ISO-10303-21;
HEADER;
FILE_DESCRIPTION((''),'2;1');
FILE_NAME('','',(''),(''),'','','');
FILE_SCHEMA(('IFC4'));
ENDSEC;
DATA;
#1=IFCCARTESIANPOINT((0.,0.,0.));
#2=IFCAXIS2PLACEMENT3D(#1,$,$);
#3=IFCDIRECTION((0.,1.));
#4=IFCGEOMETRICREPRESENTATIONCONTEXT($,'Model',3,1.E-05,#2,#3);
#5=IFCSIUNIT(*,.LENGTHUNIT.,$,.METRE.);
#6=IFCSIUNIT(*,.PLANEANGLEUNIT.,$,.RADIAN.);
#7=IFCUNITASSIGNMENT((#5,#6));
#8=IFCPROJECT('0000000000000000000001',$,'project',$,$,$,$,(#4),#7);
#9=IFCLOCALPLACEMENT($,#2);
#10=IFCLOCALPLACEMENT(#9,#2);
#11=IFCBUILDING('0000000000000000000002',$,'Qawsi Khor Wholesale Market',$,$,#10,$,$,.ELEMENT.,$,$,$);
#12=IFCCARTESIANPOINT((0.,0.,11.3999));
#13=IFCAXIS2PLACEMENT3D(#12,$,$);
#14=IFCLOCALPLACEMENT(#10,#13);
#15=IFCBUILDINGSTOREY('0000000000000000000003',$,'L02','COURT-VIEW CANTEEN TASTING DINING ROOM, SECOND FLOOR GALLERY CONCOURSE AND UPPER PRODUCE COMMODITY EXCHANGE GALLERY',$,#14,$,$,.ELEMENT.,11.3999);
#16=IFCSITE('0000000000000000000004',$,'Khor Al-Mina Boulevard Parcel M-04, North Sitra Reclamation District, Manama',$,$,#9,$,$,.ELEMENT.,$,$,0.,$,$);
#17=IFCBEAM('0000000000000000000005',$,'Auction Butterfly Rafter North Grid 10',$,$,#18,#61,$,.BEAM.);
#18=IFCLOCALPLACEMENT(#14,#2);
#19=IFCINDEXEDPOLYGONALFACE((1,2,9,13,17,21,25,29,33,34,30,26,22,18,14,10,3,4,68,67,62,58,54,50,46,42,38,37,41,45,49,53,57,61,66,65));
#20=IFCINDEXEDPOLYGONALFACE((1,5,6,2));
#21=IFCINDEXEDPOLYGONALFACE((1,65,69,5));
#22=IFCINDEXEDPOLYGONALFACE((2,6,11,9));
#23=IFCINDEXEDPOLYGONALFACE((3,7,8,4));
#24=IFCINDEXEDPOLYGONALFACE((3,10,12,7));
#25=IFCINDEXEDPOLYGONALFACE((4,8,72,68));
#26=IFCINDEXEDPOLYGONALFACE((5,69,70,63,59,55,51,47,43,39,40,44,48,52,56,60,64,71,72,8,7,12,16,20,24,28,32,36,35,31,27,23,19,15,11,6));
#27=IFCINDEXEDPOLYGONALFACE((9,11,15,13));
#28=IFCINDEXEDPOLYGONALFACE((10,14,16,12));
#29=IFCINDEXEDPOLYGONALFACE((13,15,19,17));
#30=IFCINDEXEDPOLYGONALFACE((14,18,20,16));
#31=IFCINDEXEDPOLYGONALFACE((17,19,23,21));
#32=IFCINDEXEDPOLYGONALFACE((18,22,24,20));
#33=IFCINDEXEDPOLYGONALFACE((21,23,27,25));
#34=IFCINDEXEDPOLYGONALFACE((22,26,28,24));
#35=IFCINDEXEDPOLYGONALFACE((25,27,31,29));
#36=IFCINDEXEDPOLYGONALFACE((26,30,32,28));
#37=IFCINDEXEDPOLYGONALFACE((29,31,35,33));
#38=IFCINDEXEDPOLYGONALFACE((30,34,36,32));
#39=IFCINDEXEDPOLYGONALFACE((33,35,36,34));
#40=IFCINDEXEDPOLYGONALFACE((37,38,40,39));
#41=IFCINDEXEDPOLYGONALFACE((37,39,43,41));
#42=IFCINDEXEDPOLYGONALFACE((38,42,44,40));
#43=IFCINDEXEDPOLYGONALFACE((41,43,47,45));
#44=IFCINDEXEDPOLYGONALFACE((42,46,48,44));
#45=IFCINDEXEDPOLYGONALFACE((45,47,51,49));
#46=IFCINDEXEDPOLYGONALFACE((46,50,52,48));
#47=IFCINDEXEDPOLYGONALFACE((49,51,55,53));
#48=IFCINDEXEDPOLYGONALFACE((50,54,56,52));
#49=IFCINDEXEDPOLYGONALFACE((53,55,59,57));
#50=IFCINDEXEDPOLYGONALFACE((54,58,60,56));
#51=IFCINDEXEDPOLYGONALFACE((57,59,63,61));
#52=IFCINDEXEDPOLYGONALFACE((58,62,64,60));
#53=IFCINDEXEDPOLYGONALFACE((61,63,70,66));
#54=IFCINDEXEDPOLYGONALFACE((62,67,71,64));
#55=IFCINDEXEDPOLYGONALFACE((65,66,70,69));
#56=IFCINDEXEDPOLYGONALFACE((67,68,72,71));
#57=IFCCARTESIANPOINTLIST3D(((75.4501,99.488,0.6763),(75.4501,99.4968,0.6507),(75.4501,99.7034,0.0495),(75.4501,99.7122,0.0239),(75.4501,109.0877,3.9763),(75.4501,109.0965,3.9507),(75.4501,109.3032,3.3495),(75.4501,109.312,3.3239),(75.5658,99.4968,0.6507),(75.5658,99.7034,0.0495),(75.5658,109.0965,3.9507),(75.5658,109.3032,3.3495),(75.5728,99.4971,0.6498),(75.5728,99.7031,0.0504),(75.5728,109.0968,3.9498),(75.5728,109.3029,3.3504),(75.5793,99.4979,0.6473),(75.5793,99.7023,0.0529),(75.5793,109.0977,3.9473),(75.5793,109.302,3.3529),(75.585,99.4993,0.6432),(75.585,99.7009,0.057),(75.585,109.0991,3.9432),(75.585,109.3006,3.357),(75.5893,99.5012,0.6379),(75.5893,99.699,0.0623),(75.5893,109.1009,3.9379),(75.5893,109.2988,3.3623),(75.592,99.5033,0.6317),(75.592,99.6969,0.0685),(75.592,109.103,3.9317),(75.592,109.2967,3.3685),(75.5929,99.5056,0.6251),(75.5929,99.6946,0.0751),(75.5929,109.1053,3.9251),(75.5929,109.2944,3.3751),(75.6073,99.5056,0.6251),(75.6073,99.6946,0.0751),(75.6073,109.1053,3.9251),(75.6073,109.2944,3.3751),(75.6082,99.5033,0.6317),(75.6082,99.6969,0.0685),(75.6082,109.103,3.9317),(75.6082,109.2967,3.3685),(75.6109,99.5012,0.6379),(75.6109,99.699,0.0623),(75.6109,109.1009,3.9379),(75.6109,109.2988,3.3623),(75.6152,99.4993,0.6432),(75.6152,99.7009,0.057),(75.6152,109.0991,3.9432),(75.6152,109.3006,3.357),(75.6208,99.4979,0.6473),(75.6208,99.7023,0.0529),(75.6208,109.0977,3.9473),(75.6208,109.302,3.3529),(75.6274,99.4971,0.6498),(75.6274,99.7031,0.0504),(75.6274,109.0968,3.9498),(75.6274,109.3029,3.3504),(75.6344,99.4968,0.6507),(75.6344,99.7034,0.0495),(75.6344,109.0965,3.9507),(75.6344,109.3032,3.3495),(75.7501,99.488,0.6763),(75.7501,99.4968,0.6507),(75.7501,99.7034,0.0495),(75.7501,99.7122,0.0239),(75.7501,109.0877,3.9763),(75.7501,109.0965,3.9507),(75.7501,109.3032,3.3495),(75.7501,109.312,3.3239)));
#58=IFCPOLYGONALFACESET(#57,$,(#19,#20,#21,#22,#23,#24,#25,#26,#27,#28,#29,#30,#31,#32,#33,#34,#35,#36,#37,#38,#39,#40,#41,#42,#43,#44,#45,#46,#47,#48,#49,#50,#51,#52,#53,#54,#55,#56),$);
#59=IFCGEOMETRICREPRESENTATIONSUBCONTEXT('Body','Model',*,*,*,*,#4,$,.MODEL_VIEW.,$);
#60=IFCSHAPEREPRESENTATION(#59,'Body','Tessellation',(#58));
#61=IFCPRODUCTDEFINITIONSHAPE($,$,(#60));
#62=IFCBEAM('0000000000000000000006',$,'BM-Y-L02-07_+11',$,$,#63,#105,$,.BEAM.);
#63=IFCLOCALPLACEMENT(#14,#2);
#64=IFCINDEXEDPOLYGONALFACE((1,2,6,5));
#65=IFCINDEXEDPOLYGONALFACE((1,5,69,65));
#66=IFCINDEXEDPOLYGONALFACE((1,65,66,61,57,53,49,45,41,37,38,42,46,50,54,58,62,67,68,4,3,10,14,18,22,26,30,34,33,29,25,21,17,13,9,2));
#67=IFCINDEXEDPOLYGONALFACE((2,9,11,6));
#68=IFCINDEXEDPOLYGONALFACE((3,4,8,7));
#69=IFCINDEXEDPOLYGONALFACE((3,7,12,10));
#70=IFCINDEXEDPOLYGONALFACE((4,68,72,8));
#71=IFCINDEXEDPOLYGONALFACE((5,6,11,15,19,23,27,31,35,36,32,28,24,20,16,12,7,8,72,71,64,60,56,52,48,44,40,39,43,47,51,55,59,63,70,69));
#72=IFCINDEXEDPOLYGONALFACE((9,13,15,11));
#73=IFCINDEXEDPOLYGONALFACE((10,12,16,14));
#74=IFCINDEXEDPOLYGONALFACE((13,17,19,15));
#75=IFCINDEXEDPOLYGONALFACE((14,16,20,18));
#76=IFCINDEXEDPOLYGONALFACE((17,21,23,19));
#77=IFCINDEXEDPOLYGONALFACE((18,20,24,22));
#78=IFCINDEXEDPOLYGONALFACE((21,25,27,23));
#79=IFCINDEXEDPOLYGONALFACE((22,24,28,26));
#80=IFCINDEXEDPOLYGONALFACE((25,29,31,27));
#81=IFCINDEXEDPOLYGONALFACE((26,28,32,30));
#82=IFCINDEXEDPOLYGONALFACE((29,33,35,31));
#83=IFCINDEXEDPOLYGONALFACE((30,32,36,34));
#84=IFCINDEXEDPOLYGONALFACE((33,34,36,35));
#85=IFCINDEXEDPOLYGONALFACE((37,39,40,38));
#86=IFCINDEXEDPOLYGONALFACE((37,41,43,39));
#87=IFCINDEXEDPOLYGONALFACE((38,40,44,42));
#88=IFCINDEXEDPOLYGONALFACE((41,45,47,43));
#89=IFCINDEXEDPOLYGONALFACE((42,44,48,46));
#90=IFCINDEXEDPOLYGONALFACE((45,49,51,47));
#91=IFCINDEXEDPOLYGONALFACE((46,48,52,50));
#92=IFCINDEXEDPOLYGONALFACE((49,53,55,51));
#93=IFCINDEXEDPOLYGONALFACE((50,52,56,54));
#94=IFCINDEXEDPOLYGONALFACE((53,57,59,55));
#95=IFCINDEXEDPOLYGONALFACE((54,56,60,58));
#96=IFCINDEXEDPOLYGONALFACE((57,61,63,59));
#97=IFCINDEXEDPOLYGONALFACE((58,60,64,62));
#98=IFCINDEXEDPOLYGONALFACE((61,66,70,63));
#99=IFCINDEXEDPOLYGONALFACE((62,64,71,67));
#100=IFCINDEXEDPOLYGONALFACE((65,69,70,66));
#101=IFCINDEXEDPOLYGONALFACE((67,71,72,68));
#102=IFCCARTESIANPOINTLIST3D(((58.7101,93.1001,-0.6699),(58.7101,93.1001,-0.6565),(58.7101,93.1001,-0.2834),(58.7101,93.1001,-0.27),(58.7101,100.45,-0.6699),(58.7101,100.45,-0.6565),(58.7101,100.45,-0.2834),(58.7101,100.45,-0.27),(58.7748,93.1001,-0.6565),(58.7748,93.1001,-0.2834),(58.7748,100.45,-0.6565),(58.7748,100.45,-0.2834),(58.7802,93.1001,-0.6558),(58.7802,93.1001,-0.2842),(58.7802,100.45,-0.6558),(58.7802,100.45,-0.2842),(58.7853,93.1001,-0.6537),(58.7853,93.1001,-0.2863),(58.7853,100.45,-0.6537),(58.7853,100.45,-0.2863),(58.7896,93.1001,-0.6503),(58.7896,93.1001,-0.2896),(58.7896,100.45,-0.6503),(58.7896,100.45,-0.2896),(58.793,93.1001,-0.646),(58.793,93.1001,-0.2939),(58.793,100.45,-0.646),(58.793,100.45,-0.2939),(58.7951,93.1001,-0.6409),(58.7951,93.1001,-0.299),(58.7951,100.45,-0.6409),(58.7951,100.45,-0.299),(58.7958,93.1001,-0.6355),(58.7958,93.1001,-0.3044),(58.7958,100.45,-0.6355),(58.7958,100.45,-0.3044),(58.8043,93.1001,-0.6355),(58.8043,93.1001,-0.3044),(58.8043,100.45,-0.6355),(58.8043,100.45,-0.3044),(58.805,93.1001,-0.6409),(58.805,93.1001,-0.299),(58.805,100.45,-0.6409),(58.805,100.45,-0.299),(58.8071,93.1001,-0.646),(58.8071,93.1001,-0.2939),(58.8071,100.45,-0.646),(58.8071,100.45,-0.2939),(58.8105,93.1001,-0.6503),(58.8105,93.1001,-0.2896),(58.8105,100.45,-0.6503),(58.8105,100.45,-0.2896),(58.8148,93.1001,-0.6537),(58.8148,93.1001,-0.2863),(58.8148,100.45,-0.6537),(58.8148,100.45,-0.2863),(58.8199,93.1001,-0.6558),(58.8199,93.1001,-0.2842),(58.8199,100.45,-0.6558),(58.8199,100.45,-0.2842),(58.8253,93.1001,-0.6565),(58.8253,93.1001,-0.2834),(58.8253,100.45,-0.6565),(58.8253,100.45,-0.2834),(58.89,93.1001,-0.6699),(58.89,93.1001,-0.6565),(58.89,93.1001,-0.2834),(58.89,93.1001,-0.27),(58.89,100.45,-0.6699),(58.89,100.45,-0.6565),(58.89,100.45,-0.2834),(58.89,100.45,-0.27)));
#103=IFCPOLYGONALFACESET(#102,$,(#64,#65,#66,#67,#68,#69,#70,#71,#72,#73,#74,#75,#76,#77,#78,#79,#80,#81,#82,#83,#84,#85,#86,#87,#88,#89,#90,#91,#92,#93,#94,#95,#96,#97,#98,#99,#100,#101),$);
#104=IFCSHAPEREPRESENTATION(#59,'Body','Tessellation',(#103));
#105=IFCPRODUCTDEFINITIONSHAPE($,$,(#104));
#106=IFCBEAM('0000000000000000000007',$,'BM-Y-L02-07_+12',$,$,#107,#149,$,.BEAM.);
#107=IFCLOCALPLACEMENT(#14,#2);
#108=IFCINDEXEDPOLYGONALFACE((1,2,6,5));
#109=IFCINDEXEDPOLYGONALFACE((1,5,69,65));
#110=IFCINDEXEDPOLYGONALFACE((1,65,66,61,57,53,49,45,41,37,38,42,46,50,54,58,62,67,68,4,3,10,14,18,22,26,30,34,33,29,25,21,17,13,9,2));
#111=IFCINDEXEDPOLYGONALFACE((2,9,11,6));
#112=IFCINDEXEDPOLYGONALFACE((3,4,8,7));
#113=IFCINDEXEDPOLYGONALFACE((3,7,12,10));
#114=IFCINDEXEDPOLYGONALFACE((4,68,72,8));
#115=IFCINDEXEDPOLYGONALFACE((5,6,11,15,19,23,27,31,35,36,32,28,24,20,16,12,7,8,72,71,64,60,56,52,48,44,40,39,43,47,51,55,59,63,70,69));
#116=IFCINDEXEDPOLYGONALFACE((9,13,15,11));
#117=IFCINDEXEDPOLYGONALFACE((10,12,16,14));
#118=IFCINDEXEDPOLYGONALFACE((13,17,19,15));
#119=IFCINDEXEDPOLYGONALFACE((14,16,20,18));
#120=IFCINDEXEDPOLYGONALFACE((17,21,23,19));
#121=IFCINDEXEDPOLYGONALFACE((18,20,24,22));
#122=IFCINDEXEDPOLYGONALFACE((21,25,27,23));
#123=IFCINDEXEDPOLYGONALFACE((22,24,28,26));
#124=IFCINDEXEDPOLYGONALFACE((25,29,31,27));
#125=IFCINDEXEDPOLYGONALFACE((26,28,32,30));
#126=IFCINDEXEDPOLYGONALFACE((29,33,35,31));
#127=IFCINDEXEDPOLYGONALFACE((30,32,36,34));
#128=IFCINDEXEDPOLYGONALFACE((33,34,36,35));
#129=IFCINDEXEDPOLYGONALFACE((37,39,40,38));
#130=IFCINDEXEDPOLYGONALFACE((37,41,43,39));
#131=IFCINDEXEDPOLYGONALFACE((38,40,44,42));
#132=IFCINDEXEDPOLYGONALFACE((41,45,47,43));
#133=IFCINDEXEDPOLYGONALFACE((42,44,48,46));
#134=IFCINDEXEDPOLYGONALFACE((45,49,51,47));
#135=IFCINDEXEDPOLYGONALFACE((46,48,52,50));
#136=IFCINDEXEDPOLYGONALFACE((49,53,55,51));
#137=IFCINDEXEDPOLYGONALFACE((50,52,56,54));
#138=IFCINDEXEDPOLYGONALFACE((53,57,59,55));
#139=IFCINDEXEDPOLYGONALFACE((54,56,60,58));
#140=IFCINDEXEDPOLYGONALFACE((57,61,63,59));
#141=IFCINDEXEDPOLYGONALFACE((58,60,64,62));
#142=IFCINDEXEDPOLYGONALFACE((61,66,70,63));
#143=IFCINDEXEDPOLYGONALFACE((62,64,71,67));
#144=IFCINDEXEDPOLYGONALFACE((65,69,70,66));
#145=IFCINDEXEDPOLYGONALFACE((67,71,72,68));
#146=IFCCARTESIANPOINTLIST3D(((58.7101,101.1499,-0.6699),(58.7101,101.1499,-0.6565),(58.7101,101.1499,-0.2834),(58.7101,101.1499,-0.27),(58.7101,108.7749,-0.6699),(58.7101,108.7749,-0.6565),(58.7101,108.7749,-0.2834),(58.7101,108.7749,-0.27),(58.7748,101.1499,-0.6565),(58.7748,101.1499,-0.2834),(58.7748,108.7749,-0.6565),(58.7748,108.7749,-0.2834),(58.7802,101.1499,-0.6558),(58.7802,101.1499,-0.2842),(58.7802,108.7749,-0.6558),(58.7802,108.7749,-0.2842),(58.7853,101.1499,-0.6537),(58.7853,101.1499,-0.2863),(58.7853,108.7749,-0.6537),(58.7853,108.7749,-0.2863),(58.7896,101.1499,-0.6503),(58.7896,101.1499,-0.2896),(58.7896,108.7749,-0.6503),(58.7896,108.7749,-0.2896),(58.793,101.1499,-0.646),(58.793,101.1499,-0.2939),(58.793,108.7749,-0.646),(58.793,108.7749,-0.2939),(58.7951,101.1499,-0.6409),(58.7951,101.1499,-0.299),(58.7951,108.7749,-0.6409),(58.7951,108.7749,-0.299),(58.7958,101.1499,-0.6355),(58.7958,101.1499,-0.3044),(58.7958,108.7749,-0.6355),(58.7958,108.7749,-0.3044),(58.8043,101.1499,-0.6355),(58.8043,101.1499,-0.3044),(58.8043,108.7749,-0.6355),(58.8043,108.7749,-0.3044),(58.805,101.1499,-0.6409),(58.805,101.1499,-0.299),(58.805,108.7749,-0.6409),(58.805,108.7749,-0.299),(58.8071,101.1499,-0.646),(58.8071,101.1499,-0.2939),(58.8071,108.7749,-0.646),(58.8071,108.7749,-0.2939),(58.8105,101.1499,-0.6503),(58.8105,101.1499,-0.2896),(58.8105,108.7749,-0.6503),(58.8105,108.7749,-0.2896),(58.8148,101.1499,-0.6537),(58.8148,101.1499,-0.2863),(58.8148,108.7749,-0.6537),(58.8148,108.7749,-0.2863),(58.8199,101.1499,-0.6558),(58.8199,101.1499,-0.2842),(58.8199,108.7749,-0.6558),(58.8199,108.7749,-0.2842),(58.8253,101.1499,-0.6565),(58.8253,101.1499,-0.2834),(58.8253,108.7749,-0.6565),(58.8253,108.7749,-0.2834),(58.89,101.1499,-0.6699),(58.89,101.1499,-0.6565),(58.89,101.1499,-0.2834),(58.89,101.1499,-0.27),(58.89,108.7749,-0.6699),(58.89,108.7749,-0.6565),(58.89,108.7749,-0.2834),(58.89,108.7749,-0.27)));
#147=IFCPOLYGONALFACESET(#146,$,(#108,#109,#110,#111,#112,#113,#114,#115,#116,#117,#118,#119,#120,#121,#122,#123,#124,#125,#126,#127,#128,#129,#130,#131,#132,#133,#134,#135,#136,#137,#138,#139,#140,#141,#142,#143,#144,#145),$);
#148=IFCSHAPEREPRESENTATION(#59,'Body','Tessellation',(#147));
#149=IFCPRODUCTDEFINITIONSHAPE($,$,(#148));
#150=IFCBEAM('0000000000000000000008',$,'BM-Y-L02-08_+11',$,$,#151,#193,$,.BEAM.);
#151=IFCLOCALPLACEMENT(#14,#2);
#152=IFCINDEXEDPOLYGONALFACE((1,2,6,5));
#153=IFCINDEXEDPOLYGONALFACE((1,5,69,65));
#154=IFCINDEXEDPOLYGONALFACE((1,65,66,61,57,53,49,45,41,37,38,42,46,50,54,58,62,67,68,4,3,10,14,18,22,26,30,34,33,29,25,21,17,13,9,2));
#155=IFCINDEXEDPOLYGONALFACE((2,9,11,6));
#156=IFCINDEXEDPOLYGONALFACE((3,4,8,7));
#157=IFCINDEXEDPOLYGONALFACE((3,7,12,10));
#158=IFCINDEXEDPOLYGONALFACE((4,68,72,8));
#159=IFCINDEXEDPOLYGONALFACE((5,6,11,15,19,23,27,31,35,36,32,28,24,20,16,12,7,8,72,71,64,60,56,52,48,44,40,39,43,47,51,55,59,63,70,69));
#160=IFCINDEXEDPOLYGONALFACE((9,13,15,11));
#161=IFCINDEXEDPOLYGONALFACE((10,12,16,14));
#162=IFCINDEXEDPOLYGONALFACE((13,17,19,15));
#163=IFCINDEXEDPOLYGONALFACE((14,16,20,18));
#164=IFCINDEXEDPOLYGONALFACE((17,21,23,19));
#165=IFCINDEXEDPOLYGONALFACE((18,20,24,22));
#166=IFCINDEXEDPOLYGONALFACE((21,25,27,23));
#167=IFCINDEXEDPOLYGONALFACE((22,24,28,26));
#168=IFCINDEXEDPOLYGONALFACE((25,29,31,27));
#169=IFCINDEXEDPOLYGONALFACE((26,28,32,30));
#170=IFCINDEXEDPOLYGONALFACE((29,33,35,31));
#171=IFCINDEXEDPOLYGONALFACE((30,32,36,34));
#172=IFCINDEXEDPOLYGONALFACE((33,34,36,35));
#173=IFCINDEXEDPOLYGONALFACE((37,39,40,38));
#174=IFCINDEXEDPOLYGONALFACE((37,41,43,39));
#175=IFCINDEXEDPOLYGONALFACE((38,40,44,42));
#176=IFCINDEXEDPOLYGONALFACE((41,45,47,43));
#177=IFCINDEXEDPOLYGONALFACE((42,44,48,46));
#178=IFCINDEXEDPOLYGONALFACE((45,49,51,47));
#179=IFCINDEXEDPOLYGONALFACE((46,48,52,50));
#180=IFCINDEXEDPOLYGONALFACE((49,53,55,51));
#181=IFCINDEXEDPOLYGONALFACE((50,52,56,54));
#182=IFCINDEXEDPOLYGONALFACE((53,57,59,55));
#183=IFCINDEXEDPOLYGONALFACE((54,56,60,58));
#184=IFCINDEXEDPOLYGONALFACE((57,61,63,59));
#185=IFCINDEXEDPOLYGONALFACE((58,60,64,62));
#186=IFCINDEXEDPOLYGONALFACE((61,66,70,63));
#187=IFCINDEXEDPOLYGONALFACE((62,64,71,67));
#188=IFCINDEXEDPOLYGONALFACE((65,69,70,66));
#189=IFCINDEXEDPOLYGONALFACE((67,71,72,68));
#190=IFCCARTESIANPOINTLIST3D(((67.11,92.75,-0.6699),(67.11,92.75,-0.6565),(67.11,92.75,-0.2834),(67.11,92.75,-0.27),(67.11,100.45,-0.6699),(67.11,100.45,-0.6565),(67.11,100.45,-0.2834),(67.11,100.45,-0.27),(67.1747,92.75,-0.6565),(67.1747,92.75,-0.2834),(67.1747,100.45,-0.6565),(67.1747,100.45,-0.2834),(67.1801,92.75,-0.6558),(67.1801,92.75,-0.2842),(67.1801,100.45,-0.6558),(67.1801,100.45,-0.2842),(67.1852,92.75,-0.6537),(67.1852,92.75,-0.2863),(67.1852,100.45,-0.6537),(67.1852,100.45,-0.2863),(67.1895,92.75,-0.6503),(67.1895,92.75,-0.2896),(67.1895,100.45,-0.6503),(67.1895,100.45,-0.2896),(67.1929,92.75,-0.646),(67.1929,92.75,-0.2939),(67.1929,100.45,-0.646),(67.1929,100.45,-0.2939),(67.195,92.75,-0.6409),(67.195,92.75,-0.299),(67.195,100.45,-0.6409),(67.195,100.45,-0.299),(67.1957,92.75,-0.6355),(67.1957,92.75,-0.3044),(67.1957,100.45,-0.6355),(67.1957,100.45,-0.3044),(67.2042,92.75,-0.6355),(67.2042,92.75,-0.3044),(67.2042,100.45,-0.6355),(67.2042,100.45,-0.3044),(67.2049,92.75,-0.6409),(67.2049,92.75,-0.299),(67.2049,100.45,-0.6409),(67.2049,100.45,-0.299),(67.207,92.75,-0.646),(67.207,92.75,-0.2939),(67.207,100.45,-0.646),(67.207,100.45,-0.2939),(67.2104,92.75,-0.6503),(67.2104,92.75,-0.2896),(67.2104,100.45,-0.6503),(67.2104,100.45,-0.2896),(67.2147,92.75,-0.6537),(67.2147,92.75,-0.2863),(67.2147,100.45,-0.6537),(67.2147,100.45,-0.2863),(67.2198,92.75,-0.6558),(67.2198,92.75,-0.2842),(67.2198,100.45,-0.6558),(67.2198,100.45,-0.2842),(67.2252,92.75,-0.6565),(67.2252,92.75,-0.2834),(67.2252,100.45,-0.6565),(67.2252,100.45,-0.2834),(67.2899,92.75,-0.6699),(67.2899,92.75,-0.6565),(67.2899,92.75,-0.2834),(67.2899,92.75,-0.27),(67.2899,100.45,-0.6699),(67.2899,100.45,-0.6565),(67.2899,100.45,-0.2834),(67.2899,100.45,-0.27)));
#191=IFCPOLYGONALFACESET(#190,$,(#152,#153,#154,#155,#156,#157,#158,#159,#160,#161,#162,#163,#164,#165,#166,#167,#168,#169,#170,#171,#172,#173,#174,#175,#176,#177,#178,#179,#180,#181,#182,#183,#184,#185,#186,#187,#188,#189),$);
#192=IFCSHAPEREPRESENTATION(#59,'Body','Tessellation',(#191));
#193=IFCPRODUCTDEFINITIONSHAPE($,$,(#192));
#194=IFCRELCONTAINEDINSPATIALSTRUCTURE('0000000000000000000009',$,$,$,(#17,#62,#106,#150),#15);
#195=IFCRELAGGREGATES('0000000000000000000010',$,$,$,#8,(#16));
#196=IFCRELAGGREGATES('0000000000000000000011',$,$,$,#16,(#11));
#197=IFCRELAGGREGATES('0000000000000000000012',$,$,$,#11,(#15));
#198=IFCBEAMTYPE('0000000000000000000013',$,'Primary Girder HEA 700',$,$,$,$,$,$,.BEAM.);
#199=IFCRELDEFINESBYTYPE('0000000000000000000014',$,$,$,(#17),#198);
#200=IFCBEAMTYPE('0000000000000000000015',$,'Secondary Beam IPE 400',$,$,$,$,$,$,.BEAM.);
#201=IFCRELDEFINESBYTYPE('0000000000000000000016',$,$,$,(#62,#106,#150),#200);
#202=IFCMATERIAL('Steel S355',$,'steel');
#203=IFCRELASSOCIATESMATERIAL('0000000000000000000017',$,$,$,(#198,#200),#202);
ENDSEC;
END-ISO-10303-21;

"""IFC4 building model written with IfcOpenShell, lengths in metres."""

from ifc_helpers import new_model, si_unit, direction, frame, origin, origin_2d, place, context, subcontext, project, spatial, i_section, extrude, material, material_profile, profile_set, type_object, element, save


model = new_model("IFC4")

# Units and contexts
model_context = context("Model", 3, precision=1e-05, world=origin(), true_north=direction((0.0, 1.0)))
body_context = subcontext(model_context, "Body", "Model", "MODEL_VIEW")
ifc_project = project(units=[si_unit("LENGTHUNIT", "METRE"), si_unit("PLANEANGLEUNIT", "RADIAN")], contexts=[model_context])

# Site, building, storey
site_placement = place(None, origin())
site = spatial("IfcSite", under=ifc_project, at=site_placement, Name="Khor Al-Mina Boulevard Parcel M-04, North Sitra Reclamation District, Manama", CompositionType="ELEMENT", RefElevation=0.0)
building_placement = place(site_placement, origin())
building = spatial("IfcBuilding", under=site, at=building_placement, Name="Qawsi Khor Wholesale Market", CompositionType="ELEMENT")
storey_placement = place(building_placement, frame((0.0, 0.0, 11.3999)))
storey = spatial("IfcBuildingStorey", under=building, at=storey_placement, Name="L02", Description="COURT-VIEW CANTEEN TASTING DINING ROOM, SECOND FLOOR GALLERY CONCOURSE AND UPPER PRODUCE COMMODITY EXCHANGE GALLERY", CompositionType="ELEMENT", Elevation=11.3999)

# Shared definitions
ifc_material_1 = material(Name="Steel S355", Category="steel")

# Beams
ifc_material_profile_1 = material_profile(ifc_material_1, i_section(OverallWidth=0.3, OverallDepth=0.6899, WebThickness=0.0144, FlangeThickness=0.0271, FilletRadius=0.0271, at=origin_2d()), Name="HEA 700")
ifc_profile_set_1 = profile_set([ifc_material_profile_1], Name="Steel S355")
beam_type_1 = type_object("IfcBeamType", Name="Primary Girder HEA 700", PredefinedType="BEAM", material=ifc_profile_set_1)
beam_1_placement = place(storey_placement, frame((75.6001, 99.6001, 0.3501), z_axis=(0.0, 0.945684, 0.325089), x_axis=(-1.0, 0.0, 0.0)))
element("IfcBeam", 1, at=beam_1_placement, inside=storey, type_object=beam_type_1, Name="Auction Butterfly Rafter North Grid 10", PredefinedType="BEAM", context=body_context, shape_type="SweptSolid", body=[
    extrude(i_section(OverallWidth=0.3, OverallDepth=0.6899, WebThickness=0.0144, FlangeThickness=0.0271, FilletRadius=0.0271, at=origin_2d()), origin(), (0.0, 0.0, 1.0), 10.1511),
])
ifc_material_profile_2 = material_profile(ifc_material_1, i_section(OverallWidth=0.1799, OverallDepth=0.3999, WebThickness=0.0085, FlangeThickness=0.0134, FilletRadius=0.021, at=origin_2d()), Name="IPE 400")
ifc_profile_set_2 = profile_set([ifc_material_profile_2], Name="Steel S355")
beam_type_2 = type_object("IfcBeamType", Name="Secondary Beam IPE 400", PredefinedType="BEAM", material=ifc_profile_set_2)
beam_2_placement = place(storey_placement, frame((58.8, 93.1001, -0.47), z_axis=(0.0, 1.0, 0.0), x_axis=(-1.0, 0.0, 0.0)))
element("IfcBeam", 2, at=beam_2_placement, inside=storey, type_object=beam_type_2, Name="BM-Y-L02-07_+11", PredefinedType="BEAM", context=body_context, shape_type="SweptSolid", body=[
    extrude(i_section(OverallWidth=0.1799, OverallDepth=0.3999, WebThickness=0.0085, FlangeThickness=0.0134, FilletRadius=0.021, at=origin_2d()), origin(), (0.0, 0.0, 1.0), 7.3499),
])
beam_3_placement = place(storey_placement, frame((58.8, 101.1499, -0.47), z_axis=(0.0, 1.0, 0.0), x_axis=(-1.0, 0.0, 0.0)))
element("IfcBeam", 3, at=beam_3_placement, inside=storey, type_object=beam_type_2, Name="BM-Y-L02-07_+12", PredefinedType="BEAM", context=body_context, shape_type="SweptSolid", body=[
    extrude(i_section(OverallWidth=0.1799, OverallDepth=0.3999, WebThickness=0.0085, FlangeThickness=0.0134, FilletRadius=0.021, at=origin_2d()), origin(), (0.0, 0.0, 1.0), 7.625),
])
beam_4_placement = place(storey_placement, frame((67.2, 92.75, -0.47), z_axis=(0.0, 1.0, 0.0), x_axis=(-1.0, 0.0, 0.0)))
element("IfcBeam", 4, at=beam_4_placement, inside=storey, type_object=beam_type_2, Name="BM-Y-L02-08_+11", PredefinedType="BEAM", context=body_context, shape_type="SweptSolid", body=[
    extrude(i_section(OverallWidth=0.1799, OverallDepth=0.3999, WebThickness=0.0085, FlangeThickness=0.0134, FilletRadius=0.021, at=origin_2d()), origin(), (0.0, 0.0, 1.0), 7.7),
])

save(model, "model.ifc")
